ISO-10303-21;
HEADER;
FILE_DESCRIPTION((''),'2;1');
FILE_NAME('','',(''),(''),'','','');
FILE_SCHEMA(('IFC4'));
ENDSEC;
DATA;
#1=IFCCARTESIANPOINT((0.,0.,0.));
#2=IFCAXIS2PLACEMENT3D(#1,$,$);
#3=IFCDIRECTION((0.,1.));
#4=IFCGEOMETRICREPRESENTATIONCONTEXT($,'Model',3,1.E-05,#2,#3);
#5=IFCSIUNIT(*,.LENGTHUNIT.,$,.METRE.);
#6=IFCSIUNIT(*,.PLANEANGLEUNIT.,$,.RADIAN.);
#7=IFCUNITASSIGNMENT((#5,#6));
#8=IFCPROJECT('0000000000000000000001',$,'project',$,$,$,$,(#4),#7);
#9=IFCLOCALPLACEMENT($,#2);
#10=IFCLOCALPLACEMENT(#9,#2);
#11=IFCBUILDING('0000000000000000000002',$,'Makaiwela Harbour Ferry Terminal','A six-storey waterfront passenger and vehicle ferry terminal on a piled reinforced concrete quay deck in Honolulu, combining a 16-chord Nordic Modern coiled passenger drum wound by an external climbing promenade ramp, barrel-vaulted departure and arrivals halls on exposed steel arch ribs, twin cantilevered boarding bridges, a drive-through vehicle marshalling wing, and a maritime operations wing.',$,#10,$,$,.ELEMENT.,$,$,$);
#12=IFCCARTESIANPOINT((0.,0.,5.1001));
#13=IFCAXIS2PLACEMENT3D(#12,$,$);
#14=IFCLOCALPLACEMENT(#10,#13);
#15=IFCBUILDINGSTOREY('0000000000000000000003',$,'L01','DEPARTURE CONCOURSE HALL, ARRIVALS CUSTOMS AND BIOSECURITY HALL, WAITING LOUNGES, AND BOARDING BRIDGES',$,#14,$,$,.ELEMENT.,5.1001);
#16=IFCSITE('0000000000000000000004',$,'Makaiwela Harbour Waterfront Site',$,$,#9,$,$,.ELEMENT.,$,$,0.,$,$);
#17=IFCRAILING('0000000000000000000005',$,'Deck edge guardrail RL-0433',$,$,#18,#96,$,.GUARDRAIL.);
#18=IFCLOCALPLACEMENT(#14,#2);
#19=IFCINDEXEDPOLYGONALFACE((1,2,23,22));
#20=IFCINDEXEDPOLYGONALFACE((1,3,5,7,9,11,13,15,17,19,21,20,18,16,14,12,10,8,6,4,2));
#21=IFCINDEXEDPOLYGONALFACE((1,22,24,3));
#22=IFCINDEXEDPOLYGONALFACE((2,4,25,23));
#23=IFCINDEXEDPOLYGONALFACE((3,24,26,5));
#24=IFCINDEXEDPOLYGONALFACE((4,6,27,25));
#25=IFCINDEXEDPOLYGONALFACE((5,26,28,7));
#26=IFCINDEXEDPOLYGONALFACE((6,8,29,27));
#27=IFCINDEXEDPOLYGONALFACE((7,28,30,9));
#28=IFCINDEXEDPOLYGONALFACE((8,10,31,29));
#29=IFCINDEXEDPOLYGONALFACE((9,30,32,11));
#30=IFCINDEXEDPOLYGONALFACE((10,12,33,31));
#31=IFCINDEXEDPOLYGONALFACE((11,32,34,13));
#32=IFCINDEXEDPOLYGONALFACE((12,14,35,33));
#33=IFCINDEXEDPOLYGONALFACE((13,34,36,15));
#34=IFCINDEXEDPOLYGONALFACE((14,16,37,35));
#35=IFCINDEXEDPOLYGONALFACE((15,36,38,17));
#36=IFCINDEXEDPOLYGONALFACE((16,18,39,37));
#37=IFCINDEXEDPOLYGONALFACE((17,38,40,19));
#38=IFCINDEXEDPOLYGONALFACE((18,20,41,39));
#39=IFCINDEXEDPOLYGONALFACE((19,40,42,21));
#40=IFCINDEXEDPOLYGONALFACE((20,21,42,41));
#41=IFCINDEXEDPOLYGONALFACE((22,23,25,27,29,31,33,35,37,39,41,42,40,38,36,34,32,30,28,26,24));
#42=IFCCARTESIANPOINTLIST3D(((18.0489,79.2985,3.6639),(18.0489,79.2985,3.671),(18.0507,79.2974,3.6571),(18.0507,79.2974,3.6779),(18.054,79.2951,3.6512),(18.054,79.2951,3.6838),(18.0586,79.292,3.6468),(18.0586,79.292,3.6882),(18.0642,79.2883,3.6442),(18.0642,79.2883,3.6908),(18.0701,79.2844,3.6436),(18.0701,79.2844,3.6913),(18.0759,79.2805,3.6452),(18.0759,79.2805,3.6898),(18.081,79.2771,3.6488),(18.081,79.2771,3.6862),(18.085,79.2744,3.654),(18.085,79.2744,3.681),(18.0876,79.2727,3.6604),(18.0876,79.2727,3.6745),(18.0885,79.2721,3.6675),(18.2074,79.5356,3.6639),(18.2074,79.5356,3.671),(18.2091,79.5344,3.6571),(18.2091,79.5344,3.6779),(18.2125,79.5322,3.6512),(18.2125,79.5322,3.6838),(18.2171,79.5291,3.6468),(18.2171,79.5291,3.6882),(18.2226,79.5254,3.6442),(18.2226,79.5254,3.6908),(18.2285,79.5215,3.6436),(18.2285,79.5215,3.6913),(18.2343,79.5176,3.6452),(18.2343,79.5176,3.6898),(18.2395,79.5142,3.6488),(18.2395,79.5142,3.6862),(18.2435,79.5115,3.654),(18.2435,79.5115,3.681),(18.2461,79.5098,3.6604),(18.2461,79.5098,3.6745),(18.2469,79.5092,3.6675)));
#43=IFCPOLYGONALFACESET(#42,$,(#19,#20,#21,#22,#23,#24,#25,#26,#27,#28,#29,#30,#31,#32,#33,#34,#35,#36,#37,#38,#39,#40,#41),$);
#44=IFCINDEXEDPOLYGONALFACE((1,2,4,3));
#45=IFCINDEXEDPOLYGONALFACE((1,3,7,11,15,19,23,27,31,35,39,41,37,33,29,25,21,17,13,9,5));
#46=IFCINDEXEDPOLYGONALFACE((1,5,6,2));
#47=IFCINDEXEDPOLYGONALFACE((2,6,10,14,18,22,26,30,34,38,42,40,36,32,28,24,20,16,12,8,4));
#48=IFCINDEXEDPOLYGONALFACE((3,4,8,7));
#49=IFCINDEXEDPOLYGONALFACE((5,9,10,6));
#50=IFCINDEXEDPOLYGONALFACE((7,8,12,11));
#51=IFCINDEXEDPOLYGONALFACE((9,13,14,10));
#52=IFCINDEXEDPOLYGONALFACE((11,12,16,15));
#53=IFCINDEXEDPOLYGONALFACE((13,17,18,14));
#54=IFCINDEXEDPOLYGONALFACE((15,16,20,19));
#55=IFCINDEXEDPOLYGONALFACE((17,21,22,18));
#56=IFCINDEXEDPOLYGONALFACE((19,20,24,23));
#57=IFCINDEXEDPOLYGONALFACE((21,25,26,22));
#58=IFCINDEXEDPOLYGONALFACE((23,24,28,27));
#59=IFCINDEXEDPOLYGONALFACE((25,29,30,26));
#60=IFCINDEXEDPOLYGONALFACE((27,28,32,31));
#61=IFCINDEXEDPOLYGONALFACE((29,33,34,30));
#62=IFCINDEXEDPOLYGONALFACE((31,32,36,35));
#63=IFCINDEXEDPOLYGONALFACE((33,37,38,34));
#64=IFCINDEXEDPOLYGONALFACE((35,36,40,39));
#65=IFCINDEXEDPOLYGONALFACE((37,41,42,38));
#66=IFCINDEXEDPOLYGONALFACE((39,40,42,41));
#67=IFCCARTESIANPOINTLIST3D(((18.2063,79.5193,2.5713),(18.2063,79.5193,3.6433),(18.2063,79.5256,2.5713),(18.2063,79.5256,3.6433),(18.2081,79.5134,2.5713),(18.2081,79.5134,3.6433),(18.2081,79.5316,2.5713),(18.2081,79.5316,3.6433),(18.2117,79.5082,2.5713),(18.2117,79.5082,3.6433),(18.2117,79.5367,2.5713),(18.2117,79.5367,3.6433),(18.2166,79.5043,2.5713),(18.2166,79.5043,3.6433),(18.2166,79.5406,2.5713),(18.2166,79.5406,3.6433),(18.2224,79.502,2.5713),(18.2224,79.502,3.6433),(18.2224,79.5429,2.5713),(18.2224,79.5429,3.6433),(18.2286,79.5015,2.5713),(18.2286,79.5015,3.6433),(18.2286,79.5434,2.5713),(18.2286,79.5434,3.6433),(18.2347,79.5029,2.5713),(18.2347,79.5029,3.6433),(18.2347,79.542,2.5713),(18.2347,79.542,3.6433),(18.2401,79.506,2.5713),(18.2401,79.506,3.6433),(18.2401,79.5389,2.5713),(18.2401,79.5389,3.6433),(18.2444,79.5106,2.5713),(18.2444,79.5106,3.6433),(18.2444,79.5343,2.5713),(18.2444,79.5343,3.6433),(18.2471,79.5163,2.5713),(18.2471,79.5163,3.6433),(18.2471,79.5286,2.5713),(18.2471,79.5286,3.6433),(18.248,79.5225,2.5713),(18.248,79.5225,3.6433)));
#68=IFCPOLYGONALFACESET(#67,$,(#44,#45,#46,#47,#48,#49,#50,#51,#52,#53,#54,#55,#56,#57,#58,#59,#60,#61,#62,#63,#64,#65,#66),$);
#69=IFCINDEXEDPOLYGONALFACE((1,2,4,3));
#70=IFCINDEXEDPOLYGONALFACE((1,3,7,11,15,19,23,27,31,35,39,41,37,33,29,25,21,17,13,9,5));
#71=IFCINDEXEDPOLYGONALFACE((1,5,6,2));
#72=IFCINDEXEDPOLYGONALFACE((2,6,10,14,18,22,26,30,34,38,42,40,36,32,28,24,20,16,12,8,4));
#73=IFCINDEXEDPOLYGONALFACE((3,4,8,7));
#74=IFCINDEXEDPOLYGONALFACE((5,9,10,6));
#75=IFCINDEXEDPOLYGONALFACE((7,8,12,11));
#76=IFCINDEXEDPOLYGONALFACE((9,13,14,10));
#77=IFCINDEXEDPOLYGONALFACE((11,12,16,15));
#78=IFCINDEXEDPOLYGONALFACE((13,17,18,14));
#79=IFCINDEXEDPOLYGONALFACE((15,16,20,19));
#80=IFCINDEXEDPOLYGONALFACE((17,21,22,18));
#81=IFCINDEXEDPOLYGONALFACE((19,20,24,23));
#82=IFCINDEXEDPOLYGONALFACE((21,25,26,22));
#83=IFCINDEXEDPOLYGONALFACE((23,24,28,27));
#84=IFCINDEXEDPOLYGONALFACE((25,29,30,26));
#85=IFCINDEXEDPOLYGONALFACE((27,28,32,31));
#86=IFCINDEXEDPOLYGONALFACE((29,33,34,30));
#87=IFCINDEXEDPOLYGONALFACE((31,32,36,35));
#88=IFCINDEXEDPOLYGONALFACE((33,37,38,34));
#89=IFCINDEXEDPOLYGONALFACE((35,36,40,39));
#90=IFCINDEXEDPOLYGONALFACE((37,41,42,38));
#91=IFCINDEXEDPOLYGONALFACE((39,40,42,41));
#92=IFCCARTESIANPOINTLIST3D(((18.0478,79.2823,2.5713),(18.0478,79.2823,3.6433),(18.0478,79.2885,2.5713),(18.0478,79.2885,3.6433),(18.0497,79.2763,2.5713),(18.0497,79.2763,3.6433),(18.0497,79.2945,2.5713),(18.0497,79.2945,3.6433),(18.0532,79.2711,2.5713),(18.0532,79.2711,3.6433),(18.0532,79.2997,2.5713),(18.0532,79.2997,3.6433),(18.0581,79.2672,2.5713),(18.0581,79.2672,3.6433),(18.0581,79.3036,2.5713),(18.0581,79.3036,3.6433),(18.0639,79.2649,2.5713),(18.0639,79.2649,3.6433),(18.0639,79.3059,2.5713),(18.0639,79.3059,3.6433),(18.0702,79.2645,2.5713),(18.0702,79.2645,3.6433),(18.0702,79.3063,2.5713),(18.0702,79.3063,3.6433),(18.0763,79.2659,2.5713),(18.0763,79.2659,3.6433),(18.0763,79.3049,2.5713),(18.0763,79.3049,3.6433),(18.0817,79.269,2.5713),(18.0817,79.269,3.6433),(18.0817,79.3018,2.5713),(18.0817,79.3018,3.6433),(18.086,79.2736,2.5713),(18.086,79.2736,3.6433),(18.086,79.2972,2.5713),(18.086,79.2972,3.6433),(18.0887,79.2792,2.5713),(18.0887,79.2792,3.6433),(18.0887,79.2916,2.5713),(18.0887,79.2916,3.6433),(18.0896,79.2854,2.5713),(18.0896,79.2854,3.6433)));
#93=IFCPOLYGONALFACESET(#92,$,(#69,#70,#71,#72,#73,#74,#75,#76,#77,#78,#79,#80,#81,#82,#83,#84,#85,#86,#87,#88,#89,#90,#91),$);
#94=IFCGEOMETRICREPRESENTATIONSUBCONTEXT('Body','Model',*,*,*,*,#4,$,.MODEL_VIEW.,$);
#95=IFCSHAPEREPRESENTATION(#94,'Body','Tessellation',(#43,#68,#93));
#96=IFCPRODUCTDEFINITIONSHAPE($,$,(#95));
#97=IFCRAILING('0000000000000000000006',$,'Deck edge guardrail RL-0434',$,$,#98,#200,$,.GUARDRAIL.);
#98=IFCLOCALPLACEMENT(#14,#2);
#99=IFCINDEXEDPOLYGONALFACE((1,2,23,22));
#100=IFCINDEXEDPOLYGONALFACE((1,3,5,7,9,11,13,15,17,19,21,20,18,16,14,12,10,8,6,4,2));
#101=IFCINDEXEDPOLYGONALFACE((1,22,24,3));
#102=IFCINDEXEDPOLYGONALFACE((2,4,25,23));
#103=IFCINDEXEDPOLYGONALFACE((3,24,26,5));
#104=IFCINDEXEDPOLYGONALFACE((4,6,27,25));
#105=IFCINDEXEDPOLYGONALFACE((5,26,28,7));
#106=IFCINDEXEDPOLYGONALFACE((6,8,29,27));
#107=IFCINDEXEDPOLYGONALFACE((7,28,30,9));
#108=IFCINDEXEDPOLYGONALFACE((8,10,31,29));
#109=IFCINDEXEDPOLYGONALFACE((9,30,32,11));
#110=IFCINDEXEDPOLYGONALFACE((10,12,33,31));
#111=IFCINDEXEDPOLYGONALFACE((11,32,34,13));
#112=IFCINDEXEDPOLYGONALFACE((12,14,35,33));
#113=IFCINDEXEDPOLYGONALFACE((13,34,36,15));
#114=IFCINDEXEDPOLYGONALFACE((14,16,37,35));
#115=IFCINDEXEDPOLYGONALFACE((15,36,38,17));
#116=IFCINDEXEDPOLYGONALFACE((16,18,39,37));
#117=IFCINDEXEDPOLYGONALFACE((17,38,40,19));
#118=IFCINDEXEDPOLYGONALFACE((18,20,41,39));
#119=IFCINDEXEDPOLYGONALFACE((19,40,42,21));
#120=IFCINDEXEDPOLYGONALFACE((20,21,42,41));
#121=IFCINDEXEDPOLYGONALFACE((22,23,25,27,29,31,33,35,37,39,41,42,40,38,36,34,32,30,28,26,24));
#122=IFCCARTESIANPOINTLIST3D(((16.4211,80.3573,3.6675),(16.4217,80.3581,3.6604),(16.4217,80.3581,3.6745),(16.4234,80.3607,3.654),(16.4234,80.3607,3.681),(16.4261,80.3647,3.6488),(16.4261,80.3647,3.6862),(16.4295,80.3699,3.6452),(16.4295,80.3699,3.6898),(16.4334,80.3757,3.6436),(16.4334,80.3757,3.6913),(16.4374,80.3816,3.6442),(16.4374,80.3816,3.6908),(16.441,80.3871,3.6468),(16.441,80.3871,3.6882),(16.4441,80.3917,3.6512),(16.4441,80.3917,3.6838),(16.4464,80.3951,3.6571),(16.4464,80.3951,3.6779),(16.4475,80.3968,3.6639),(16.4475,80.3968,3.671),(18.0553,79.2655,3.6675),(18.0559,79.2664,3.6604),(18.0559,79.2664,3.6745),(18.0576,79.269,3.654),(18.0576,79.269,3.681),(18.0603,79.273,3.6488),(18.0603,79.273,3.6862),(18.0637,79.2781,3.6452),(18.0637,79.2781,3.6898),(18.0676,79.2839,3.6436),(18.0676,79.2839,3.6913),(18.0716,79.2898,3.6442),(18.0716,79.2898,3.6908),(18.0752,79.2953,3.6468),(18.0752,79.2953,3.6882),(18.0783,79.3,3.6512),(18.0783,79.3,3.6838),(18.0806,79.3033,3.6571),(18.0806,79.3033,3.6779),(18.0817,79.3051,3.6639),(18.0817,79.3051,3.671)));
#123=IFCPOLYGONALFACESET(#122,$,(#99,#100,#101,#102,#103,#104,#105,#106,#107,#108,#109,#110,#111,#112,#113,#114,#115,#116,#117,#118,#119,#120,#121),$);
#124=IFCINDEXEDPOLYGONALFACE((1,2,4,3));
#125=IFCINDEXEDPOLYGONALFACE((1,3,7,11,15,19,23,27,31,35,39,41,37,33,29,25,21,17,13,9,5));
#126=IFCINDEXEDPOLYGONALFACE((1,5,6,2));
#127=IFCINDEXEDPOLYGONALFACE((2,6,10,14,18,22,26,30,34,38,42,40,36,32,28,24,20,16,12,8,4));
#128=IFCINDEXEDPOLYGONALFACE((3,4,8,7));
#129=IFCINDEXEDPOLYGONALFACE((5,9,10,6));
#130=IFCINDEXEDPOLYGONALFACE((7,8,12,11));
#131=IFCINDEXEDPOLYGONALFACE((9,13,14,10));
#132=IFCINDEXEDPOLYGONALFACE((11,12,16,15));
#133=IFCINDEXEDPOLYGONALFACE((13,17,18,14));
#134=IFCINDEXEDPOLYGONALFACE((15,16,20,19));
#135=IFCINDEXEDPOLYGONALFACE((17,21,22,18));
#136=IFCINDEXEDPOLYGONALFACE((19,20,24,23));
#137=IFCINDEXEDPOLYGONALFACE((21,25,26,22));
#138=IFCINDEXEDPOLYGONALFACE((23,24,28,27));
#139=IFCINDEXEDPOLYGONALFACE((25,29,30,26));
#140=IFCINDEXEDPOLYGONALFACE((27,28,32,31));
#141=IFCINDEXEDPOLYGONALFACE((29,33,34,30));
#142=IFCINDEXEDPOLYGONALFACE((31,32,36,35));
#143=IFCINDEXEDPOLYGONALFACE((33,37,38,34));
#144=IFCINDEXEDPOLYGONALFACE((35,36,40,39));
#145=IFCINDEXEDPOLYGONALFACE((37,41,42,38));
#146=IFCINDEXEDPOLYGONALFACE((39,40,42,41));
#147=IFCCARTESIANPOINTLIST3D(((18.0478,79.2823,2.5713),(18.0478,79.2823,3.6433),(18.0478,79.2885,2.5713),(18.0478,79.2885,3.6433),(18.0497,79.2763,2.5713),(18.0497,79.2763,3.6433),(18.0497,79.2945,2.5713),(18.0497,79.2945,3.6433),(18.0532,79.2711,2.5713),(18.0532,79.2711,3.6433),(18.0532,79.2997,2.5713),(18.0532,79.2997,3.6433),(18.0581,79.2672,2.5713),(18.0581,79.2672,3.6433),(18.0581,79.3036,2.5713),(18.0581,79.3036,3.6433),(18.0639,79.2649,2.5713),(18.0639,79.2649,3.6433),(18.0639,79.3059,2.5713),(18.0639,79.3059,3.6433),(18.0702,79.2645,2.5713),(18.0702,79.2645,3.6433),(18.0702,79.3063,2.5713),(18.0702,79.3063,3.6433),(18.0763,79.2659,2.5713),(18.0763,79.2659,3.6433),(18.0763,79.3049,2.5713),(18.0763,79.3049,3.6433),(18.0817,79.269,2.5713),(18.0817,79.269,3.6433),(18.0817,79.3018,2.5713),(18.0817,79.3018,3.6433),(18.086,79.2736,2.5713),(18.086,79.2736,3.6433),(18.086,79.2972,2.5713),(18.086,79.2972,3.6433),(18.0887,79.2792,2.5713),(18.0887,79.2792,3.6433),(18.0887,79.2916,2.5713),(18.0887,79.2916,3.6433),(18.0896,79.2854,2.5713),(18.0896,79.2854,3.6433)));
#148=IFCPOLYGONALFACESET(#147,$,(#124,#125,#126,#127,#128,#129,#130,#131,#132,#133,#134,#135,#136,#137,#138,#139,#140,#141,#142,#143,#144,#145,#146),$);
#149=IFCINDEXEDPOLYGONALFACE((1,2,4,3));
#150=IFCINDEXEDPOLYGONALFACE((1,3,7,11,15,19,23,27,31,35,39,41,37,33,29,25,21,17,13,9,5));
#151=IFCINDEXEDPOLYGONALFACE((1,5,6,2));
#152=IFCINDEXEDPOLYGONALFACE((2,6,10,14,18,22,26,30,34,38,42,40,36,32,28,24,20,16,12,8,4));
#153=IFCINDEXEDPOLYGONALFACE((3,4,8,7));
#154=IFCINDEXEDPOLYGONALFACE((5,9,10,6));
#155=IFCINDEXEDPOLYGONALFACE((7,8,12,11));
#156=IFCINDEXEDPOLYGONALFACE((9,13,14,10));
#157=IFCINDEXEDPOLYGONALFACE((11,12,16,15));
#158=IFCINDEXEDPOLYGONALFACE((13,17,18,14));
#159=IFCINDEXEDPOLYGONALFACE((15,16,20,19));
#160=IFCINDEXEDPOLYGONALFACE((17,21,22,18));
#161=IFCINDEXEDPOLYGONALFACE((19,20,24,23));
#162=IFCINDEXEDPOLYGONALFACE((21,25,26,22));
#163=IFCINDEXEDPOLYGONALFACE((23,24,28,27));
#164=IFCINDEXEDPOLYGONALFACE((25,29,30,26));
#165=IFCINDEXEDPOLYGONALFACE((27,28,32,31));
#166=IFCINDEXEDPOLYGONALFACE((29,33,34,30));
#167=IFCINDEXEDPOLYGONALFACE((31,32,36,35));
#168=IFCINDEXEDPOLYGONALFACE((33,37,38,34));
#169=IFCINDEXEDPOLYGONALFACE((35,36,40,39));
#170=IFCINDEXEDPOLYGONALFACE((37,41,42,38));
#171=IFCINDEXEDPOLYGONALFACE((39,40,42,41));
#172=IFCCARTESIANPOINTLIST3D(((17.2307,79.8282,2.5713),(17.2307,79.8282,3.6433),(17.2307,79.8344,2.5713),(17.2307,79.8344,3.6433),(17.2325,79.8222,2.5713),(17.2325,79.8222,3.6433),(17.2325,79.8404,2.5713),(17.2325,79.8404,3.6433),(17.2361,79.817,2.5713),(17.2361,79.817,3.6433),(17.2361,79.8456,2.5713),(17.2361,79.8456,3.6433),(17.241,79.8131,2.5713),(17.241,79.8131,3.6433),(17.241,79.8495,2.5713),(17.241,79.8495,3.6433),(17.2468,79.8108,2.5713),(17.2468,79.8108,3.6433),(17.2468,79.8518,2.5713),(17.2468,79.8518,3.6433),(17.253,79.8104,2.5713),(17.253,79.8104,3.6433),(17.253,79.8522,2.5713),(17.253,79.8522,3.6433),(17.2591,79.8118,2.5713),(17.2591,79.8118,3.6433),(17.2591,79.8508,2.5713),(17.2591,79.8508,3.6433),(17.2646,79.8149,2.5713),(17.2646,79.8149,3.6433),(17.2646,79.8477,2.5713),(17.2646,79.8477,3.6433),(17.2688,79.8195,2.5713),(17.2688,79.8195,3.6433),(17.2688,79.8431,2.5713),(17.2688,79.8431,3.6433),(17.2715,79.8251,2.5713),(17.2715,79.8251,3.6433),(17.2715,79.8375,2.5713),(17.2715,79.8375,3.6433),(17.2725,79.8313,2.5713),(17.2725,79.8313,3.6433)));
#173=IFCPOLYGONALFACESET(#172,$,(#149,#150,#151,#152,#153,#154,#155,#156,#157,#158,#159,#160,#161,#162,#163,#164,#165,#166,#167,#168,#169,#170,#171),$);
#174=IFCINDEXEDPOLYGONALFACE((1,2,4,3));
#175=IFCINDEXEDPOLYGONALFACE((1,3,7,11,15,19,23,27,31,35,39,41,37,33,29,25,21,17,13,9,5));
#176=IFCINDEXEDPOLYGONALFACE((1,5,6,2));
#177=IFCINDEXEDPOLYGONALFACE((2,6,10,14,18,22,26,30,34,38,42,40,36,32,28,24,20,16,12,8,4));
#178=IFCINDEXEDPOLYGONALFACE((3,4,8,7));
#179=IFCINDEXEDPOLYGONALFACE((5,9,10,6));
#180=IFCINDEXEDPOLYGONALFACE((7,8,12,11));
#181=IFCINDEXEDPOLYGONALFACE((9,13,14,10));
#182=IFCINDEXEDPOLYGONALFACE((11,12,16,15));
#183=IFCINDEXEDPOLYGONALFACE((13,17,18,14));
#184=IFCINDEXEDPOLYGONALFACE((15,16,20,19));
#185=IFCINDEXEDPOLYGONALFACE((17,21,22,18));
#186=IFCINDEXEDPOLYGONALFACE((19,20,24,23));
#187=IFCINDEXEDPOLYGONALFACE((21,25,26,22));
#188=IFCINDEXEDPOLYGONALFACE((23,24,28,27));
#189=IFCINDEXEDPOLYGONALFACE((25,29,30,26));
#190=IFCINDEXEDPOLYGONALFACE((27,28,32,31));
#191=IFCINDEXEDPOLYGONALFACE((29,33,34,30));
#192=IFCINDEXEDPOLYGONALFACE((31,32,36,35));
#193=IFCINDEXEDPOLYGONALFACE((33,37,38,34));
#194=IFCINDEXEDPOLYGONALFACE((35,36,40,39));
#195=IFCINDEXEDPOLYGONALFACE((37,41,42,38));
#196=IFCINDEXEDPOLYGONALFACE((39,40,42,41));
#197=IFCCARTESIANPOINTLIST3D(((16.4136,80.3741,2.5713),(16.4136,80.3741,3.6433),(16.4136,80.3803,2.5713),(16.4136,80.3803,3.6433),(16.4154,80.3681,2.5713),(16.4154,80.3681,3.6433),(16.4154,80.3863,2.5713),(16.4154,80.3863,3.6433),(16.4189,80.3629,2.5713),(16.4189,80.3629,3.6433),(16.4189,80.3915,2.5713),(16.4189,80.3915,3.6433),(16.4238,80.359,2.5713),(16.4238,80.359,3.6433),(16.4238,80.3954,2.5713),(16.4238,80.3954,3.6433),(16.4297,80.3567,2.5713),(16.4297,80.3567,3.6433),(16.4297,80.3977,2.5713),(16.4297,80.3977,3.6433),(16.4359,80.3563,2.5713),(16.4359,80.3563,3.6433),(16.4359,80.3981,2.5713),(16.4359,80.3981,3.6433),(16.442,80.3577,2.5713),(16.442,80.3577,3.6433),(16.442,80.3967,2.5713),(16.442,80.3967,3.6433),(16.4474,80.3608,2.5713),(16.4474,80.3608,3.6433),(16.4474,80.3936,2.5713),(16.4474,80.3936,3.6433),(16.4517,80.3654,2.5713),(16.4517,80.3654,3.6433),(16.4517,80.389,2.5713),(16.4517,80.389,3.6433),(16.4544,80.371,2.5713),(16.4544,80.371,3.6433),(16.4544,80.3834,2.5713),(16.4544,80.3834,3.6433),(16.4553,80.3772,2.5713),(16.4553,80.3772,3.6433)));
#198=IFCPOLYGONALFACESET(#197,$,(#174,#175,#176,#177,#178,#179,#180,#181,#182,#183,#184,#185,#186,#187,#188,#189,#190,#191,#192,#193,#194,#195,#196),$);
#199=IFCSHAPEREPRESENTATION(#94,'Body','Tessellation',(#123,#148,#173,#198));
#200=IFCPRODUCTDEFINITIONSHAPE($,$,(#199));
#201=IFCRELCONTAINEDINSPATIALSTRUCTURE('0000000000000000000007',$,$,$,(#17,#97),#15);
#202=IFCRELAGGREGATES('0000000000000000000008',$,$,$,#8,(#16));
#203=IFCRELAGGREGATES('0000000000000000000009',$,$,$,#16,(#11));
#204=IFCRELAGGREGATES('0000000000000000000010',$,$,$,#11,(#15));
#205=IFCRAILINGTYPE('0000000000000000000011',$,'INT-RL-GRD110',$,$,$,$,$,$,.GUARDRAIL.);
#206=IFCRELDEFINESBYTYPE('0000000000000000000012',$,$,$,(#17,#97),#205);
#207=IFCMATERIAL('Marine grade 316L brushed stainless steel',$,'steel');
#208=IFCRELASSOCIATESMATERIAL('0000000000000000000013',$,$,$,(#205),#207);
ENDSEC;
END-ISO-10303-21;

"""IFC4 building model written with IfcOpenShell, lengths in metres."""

from ifc_helpers import new_model, si_unit, direction, frame, origin, origin_2d, place, context, subcontext, project, spatial, circle, extrude, material, type_object, element, save


model = new_model("IFC4")

# Units and contexts
model_context = context("Model", 3, precision=1e-05, world=origin(), true_north=direction((0.0, 1.0)))
body_context = subcontext(model_context, "Body", "Model", "MODEL_VIEW")
ifc_project = project(units=[si_unit("LENGTHUNIT", "METRE"), si_unit("PLANEANGLEUNIT", "RADIAN")], contexts=[model_context])

# Site, building, storey
site_placement = place(None, origin())
site = spatial("IfcSite", under=ifc_project, at=site_placement, Name="Makaiwela Harbour Waterfront Site", CompositionType="ELEMENT", RefElevation=0.0)
building_placement = place(site_placement, origin())
building = spatial("IfcBuilding", under=site, at=building_placement, Name="Makaiwela Harbour Ferry Terminal", Description="A six-storey waterfront passenger and vehicle ferry terminal on a piled reinforced concrete quay deck in Honolulu, combining a 16-chord Nordic Modern coiled passenger drum wound by an external climbing promenade ramp, barrel-vaulted departure and arrivals halls on exposed steel arch ribs, twin cantilevered boarding bridges, a drive-through vehicle marshalling wing, and a maritime operations wing.", CompositionType="ELEMENT")
storey_placement = place(building_placement, frame((0.0, 0.0, 5.1001)))
storey = spatial("IfcBuildingStorey", under=building, at=storey_placement, Name="L01", Description="DEPARTURE CONCOURSE HALL, ARRIVALS CUSTOMS AND BIOSECURITY HALL, WAITING LOUNGES, AND BOARDING BRIDGES", CompositionType="ELEMENT", Elevation=5.1001)

# Railings
ifc_material_1 = material(Name="Marine grade 316L brushed stainless steel", Category="steel")
railing_type_1 = type_object("IfcRailingType", Name="INT-RL-GRD110", PredefinedType="GUARDRAIL", material=ifc_material_1)
railing_1_placement = place(storey_placement, frame((18.2271, 79.5225, 2.5713)))
element("IfcRailing", 1, at=railing_1_placement, inside=storey, type_object=railing_type_1, Name="Deck edge guardrail RL-0433", PredefinedType="GUARDRAIL", context=body_context, shape_type="SweptSolid", body=[
    extrude(circle(Radius=0.0239, at=origin_2d()), frame((0.0, 0.0, 1.0962), z_axis=(-0.555688, -0.831391, 0.0), x_axis=(0.831391, -0.555688, 0.0)), (0.0, 0.0, 1.0), 0.2852),
    extrude(circle(Radius=0.021, at=origin_2d()), origin(), (0.0, 0.0, 1.0), 1.072),
    extrude(circle(Radius=0.021, at=origin_2d()), frame((-0.1584, -0.2371, 0.0)), (0.0, 0.0, 1.0), 1.072),
])
railing_2_placement = place(storey_placement, frame((18.0686, 79.2854, 2.5713)))
element("IfcRailing", 2, at=railing_2_placement, inside=storey, type_object=railing_type_1, Name="Deck edge guardrail RL-0434", PredefinedType="GUARDRAIL", context=body_context, shape_type="SweptSolid", body=[
    extrude(circle(Radius=0.0239, at=origin_2d()), frame((0.0, 0.0, 1.0962), z_axis=(-0.831515, 0.555503, 0.0), x_axis=(-0.555503, -0.831515, 0.0)), (0.0, 0.0, 1.0), 1.9653),
    extrude(circle(Radius=0.021, at=origin_2d()), origin(), (0.0, 0.0, 1.0), 1.072),
    extrude(circle(Radius=0.021, at=origin_2d()), frame((-0.8171, 0.5459, 0.0)), (0.0, 0.0, 1.0), 1.072),
    extrude(circle(Radius=0.021, at=origin_2d()), frame((-1.6343, 1.0918, 0.0)), (0.0, 0.0, 1.0), 1.072),
])

save(model, "model.ifc")
